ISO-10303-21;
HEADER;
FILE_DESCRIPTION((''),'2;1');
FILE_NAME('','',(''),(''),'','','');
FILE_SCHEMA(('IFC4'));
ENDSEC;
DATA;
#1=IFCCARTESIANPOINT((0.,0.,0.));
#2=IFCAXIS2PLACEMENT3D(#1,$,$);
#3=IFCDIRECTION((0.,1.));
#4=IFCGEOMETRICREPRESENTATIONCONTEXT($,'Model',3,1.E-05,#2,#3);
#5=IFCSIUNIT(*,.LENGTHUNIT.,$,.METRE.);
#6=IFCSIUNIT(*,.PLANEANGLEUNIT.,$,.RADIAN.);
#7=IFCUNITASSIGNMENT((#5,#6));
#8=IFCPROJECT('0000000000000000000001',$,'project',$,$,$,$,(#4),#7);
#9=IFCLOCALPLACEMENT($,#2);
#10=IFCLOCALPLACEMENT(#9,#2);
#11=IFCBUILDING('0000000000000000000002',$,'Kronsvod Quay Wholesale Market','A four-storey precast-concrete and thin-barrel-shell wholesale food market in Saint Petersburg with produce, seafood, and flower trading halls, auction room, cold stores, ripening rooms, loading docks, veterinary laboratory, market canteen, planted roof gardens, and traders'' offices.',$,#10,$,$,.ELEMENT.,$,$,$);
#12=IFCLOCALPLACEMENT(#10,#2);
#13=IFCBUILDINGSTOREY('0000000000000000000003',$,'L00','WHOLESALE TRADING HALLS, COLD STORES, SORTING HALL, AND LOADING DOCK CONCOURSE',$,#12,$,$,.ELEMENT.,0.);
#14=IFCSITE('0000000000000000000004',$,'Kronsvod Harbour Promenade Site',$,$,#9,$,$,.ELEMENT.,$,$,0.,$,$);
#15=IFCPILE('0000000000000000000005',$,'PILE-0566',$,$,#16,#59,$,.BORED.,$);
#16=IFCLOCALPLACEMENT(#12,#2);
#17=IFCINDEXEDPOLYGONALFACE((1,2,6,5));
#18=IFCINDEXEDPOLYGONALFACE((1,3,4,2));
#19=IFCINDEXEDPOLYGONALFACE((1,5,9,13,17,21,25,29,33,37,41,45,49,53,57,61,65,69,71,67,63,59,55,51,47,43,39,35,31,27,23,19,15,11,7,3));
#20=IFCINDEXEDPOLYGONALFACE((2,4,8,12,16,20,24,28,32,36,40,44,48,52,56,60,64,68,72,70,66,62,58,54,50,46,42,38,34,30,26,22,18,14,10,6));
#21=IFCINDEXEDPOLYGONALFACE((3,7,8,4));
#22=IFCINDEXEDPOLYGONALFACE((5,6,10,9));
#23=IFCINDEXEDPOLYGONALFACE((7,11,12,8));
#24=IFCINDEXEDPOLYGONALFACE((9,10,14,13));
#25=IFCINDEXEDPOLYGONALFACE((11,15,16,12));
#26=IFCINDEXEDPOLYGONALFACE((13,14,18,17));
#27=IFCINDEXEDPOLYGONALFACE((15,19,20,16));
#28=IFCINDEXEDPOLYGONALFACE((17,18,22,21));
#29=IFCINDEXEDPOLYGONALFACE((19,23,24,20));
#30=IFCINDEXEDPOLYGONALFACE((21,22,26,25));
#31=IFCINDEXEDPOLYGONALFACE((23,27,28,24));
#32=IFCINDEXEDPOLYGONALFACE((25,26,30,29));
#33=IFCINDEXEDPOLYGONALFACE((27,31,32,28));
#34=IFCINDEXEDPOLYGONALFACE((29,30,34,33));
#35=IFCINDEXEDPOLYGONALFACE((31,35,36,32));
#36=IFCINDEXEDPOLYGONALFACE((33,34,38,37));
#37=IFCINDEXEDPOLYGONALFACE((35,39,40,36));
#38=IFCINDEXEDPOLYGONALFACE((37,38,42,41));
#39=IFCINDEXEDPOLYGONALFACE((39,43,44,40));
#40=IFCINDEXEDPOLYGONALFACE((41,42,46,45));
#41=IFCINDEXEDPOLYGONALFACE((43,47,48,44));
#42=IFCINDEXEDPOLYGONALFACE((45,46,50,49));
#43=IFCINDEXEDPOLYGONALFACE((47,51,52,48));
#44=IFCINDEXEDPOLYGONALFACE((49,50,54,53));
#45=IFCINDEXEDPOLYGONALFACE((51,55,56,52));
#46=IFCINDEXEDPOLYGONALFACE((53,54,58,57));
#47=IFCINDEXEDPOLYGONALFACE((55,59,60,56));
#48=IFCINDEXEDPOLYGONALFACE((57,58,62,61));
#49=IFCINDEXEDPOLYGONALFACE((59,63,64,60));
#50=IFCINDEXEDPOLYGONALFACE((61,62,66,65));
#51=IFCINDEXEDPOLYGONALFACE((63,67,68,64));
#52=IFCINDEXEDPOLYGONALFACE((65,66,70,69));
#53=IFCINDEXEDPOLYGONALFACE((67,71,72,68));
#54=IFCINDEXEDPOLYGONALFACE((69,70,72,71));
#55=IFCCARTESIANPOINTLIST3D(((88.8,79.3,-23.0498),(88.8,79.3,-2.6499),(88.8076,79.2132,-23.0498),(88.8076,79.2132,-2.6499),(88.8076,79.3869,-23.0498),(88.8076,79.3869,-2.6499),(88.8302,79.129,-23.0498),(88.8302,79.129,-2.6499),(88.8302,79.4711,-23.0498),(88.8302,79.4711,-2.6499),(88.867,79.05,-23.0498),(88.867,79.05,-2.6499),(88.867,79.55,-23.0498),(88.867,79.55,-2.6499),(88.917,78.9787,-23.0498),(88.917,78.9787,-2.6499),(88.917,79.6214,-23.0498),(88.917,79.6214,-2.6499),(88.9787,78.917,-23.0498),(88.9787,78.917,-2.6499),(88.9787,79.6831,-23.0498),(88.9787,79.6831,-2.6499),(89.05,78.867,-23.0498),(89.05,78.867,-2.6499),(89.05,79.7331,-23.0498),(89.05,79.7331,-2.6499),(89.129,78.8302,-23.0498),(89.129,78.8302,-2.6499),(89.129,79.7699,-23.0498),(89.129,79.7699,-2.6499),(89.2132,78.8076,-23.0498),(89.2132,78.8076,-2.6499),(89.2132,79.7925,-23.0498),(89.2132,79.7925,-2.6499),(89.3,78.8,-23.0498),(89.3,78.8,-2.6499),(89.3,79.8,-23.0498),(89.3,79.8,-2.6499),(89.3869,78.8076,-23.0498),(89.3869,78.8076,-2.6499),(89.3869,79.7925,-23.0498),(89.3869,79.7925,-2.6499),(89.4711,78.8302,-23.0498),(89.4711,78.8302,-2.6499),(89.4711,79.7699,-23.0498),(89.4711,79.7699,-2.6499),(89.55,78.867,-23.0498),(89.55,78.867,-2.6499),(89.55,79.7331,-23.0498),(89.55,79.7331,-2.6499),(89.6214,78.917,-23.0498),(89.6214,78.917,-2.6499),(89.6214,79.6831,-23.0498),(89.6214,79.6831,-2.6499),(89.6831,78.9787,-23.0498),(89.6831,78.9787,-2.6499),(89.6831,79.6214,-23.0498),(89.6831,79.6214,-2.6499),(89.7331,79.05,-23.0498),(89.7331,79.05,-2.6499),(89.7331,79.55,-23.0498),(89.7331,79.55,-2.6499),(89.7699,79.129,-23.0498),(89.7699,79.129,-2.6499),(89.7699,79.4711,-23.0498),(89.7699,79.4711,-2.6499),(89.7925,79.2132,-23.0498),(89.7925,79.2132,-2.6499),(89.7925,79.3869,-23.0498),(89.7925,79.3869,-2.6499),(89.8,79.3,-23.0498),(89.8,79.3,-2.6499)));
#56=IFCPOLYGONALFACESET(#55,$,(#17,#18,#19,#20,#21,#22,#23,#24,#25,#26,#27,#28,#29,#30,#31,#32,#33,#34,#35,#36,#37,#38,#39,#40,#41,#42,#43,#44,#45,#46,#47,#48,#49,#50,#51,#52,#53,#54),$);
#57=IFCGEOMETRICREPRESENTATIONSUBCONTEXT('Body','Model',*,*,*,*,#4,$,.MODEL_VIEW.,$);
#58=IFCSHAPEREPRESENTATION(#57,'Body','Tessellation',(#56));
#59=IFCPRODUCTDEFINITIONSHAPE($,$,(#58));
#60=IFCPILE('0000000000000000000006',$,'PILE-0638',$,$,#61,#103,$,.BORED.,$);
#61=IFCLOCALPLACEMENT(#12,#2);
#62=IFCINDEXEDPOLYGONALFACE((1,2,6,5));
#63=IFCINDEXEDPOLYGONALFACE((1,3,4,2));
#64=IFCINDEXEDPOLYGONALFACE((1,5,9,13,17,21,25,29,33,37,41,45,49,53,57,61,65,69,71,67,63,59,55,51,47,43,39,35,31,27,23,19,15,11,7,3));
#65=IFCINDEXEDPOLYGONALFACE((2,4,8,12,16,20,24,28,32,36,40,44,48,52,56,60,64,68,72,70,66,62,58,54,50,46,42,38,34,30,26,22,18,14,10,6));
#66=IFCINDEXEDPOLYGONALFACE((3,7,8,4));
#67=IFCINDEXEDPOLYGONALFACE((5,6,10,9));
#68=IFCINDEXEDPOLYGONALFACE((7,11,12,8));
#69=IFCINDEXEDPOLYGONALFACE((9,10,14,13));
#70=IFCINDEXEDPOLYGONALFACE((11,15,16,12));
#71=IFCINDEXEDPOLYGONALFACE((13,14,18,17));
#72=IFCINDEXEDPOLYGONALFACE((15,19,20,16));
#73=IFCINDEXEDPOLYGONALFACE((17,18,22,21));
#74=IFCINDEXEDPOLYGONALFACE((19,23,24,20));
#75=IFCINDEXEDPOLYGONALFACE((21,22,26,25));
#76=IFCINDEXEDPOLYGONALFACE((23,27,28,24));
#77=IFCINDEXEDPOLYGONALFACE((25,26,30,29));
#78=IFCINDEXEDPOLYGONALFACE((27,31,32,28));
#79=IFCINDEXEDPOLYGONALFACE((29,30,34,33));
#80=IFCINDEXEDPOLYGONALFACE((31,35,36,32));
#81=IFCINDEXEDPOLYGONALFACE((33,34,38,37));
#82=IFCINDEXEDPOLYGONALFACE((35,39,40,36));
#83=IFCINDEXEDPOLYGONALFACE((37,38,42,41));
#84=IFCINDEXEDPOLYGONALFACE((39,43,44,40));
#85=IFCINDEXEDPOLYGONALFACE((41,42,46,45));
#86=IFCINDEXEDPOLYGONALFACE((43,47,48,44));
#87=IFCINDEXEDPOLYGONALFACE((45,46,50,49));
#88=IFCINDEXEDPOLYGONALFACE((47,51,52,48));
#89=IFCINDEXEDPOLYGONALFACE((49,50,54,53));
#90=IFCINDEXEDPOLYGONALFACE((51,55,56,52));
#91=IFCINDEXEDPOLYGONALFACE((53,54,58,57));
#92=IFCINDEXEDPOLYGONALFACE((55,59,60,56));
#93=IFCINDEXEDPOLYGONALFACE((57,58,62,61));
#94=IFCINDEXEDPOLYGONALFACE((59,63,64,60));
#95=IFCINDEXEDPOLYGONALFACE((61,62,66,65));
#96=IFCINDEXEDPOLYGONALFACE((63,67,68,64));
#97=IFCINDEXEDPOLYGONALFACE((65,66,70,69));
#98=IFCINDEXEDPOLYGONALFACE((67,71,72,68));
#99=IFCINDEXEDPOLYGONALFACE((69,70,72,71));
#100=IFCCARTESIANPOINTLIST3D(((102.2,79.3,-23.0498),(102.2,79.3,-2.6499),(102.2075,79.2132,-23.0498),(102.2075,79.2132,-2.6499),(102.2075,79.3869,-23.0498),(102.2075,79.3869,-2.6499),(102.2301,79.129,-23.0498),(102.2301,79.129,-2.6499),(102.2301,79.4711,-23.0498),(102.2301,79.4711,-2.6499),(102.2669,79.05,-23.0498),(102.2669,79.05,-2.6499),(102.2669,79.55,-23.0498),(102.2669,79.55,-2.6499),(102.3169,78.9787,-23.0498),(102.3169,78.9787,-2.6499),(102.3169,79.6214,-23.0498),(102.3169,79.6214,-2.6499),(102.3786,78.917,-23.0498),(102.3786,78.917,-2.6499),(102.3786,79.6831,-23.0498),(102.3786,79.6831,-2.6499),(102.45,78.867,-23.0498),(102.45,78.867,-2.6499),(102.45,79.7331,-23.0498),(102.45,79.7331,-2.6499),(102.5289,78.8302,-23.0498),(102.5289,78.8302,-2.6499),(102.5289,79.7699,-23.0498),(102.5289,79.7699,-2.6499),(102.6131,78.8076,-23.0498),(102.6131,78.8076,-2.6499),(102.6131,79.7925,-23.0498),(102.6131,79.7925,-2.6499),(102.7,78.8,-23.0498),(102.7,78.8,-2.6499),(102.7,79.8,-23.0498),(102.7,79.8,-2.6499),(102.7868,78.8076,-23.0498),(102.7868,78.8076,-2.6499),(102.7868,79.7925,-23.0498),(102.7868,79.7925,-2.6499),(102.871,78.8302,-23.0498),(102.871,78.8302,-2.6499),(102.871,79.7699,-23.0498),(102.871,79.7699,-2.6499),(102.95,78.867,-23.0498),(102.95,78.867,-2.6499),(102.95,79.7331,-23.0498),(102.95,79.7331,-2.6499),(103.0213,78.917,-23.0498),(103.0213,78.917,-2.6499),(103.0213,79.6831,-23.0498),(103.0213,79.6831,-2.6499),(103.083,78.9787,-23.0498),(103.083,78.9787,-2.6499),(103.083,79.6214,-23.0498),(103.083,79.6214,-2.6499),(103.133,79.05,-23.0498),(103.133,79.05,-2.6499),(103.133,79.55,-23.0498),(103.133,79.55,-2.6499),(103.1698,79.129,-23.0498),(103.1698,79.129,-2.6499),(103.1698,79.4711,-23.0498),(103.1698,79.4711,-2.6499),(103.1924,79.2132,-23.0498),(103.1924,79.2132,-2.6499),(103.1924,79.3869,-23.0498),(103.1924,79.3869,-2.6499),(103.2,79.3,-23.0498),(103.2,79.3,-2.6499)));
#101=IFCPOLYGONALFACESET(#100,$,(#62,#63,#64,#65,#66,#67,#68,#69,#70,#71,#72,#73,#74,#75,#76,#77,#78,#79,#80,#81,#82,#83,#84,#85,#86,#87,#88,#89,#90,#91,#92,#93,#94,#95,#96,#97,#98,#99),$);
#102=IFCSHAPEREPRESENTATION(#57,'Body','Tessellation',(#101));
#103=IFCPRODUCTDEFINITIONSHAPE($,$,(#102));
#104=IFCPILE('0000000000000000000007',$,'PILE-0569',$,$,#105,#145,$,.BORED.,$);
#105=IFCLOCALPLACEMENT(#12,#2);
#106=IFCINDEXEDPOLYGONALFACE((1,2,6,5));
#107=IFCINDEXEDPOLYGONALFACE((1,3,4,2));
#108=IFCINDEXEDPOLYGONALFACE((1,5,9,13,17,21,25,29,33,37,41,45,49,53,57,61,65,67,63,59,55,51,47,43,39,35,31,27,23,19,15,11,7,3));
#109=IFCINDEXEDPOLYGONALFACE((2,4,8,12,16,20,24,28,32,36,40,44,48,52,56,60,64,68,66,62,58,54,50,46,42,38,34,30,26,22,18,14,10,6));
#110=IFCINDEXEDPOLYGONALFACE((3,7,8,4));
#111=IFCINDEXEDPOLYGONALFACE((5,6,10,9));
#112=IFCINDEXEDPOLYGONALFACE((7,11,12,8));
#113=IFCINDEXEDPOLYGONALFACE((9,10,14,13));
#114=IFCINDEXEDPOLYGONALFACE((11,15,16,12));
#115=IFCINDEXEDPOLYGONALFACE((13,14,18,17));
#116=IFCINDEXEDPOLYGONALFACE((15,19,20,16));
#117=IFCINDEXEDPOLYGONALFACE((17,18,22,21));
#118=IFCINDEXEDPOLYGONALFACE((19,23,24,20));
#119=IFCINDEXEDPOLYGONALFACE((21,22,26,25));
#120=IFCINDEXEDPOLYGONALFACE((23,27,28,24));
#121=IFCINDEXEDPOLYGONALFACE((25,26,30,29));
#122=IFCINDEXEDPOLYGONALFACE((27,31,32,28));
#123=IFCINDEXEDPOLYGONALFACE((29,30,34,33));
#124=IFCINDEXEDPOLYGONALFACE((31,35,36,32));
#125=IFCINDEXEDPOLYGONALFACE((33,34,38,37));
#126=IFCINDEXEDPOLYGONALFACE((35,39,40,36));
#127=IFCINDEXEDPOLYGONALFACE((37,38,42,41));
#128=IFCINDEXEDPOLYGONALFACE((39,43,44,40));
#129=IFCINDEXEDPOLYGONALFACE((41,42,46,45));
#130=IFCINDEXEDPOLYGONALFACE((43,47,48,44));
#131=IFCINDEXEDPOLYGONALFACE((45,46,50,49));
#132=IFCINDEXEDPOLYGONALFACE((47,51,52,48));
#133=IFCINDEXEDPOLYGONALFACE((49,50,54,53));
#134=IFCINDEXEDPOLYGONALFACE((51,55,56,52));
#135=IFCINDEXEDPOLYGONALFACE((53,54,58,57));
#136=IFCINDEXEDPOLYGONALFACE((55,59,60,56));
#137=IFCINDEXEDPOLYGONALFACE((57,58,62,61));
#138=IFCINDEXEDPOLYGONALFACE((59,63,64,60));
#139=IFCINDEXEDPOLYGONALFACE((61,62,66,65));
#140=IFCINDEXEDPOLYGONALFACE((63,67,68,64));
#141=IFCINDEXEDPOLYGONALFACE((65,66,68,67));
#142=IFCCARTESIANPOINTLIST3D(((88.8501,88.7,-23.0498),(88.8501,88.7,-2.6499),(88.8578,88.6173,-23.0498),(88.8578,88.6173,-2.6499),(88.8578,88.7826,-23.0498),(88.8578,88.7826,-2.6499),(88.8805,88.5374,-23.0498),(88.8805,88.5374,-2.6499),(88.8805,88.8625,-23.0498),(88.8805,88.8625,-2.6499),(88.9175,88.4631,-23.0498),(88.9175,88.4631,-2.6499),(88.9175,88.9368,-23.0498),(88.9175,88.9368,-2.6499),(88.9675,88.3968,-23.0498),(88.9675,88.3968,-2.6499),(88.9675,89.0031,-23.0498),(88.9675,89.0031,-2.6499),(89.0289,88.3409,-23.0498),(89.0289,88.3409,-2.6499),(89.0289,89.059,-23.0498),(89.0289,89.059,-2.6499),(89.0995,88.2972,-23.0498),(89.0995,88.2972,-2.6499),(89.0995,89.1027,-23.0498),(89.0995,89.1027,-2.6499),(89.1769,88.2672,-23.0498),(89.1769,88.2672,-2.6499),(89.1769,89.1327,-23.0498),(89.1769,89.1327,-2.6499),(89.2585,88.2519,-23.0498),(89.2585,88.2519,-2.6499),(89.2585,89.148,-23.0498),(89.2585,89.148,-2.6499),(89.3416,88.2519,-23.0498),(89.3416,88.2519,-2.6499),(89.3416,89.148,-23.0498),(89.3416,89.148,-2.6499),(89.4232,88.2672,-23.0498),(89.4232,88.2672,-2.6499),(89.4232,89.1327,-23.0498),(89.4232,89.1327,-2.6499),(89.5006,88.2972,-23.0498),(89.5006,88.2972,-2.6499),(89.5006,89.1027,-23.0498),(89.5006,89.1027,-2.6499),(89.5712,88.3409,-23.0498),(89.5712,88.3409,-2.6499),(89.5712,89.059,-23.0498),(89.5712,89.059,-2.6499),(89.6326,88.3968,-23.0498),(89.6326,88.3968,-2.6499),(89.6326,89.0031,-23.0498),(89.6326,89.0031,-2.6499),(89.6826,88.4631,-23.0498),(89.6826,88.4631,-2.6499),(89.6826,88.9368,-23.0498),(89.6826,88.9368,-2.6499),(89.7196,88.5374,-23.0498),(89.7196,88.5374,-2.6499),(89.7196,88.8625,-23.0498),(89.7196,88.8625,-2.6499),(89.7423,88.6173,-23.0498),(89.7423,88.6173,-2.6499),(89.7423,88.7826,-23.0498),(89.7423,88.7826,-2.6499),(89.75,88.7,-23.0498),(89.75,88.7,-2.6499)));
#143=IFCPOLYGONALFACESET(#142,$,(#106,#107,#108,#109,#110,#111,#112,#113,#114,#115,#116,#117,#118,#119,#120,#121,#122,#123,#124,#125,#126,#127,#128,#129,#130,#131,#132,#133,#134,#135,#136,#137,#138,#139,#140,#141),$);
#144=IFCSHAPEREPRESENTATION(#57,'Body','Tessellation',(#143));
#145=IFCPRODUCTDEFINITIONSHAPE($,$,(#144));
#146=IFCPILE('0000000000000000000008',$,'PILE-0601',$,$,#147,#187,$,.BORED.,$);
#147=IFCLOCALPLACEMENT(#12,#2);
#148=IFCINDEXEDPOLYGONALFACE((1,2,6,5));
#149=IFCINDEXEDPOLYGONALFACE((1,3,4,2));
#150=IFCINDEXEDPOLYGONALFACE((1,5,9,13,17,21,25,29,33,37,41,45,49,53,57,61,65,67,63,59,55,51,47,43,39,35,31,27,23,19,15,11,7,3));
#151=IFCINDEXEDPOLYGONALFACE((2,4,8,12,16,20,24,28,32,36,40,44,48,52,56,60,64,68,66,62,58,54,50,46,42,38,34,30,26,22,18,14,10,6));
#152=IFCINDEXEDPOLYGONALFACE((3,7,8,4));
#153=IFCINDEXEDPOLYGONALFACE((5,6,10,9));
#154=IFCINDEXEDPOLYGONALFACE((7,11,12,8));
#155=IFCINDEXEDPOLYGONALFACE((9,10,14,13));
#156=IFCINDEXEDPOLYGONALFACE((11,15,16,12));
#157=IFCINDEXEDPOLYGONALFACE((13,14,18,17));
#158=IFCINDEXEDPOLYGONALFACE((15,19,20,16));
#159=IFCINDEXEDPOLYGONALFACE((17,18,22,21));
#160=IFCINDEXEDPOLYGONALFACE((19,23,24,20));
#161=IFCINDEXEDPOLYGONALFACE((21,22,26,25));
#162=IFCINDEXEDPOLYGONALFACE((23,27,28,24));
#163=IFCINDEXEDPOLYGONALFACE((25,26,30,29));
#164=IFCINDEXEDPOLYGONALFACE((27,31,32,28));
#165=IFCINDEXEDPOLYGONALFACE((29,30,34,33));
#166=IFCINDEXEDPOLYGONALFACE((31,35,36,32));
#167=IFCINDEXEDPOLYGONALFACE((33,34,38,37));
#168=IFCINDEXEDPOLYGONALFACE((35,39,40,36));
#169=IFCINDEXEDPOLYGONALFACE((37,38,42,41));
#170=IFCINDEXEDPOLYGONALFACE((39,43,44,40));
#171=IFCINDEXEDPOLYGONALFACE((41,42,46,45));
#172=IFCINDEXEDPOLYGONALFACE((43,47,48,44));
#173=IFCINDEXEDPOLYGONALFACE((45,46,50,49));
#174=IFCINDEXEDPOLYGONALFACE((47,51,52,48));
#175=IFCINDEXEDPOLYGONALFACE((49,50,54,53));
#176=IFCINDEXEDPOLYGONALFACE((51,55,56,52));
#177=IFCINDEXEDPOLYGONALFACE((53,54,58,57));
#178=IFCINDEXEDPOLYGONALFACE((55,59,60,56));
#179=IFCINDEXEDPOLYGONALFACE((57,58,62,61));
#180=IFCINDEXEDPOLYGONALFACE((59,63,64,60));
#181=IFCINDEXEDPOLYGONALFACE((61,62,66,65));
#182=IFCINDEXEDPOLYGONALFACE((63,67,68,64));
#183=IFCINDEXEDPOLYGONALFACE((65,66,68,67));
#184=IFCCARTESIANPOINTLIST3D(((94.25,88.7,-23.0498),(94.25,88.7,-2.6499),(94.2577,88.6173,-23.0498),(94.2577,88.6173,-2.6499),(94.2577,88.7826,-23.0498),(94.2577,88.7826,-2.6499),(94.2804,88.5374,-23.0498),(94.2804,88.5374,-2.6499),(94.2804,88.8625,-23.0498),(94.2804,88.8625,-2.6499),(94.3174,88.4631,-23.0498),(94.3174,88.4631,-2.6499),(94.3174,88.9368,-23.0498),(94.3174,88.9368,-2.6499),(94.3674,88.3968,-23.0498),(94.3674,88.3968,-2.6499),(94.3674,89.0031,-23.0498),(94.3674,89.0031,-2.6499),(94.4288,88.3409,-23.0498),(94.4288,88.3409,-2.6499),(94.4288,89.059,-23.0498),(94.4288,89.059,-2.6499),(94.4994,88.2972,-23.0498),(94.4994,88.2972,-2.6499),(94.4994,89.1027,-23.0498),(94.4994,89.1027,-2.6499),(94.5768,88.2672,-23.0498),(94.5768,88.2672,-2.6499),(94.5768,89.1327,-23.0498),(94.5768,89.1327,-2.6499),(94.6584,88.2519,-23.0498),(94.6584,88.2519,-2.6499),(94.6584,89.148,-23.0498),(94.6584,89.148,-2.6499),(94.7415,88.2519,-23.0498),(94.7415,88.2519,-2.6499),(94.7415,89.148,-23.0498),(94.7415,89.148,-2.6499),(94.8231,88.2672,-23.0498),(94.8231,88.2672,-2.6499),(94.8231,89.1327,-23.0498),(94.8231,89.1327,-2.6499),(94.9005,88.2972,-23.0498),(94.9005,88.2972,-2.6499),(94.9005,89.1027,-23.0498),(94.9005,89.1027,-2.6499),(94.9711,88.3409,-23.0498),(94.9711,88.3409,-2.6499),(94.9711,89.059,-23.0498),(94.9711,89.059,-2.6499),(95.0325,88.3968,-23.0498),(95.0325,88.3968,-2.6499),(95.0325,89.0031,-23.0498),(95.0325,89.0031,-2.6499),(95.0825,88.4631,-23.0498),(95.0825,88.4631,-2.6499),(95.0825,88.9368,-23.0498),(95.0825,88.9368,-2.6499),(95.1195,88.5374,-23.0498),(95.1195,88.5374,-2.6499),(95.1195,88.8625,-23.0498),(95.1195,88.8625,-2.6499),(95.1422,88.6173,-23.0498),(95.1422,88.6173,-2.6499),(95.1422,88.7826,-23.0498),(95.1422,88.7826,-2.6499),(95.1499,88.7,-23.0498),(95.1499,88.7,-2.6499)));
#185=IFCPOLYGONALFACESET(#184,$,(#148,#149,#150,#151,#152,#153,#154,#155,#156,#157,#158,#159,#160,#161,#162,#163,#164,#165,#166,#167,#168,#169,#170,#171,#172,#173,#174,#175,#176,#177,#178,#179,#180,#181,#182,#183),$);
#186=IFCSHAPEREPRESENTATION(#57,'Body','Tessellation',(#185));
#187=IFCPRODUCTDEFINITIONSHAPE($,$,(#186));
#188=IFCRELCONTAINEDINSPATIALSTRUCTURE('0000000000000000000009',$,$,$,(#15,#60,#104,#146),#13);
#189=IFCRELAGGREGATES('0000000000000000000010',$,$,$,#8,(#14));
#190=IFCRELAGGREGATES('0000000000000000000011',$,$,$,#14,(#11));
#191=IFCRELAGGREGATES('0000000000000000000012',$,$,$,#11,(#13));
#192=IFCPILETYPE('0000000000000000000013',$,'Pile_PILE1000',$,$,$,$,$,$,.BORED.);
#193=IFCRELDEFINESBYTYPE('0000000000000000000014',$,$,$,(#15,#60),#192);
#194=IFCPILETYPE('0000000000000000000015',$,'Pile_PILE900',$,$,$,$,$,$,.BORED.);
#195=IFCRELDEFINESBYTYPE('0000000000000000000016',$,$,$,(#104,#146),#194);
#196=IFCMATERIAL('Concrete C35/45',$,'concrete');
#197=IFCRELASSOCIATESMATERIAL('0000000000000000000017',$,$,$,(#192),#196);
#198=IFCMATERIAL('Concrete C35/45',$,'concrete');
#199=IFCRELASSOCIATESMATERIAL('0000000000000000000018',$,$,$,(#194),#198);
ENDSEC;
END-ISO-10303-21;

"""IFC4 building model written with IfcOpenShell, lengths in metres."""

from ifc_helpers import new_model, si_unit, direction, frame, origin, origin_2d, place, context, subcontext, project, spatial, circle, extrude, material, material_profile, profile_set, type_object, element, save


model = new_model("IFC4")

# Units and contexts
model_context = context("Model", 3, precision=1e-05, world=origin(), true_north=direction((0.0, 1.0)))
body_context = subcontext(model_context, "Body", "Model", "MODEL_VIEW")
ifc_project = project(units=[si_unit("LENGTHUNIT", "METRE"), si_unit("PLANEANGLEUNIT", "RADIAN")], contexts=[model_context])

# Site, building, storey
site_placement = place(None, origin())
site = spatial("IfcSite", under=ifc_project, at=site_placement, Name="Kronsvod Harbour Promenade Site", CompositionType="ELEMENT", RefElevation=0.0)
building_placement = place(site_placement, origin())
building = spatial("IfcBuilding", under=site, at=building_placement, Name="Kronsvod Quay Wholesale Market", Description="A four-storey precast-concrete and thin-barrel-shell wholesale food market in Saint Petersburg with produce, seafood, and flower trading halls, auction room, cold stores, ripening rooms, loading docks, veterinary laboratory, market canteen, planted roof gardens, and traders' offices.", CompositionType="ELEMENT")
storey_placement = place(building_placement, origin())
storey = spatial("IfcBuildingStorey", under=building, at=storey_placement, Name="L00", Description="WHOLESALE TRADING HALLS, COLD STORES, SORTING HALL, AND LOADING DOCK CONCOURSE", CompositionType="ELEMENT", Elevation=0.0)

# Piles
ifc_material_1 = material(Name="Concrete C35/45", Category="concrete")
ifc_material_profile_1 = material_profile(ifc_material_1, circle(Radius=0.5, at=origin_2d()), Name="PILE1000")
ifc_profile_set_1 = profile_set([ifc_material_profile_1], Name="Concrete C35/45")
pile_type_1 = type_object("IfcPileType", Name="Pile_PILE1000", PredefinedType="BORED", material=ifc_profile_set_1)
for number, where, z_axis, x_axis, name in (
    (1, (89.3, 79.3, -2.6499), (0.0, 0.0, -1.0), (1.0, 0.0, 0.0), "PILE-0566"),
    (2, (102.7, 79.3, -2.6499), (0.0, 0.0, -1.0), (1.0, 0.0, 0.0), "PILE-0638"),
):
    element("IfcPile", number, at=place(storey_placement, frame(where, z_axis=z_axis, x_axis=x_axis)), inside=storey, type_object=pile_type_1, Name=name, PredefinedType="BORED", context=body_context, shape_type="SweptSolid", body=[
        extrude(circle(Radius=0.5, at=origin_2d()), origin(), (0.0, 0.0, 1.0), 20.3999),
    ])
ifc_material_2 = material(Name="Concrete C35/45", Category="concrete")
ifc_material_profile_2 = material_profile(ifc_material_2, circle(Radius=0.45, at=origin_2d()), Name="PILE900")
ifc_profile_set_2 = profile_set([ifc_material_profile_2], Name="Concrete C35/45")
pile_type_2 = type_object("IfcPileType", Name="Pile_PILE900", PredefinedType="BORED", material=ifc_profile_set_2)
for number, where, z_axis, x_axis, name in (
    (3, (89.3, 88.7, -2.6499), (0.0, 0.0, -1.0), (1.0, 0.0, 0.0), "PILE-0569"),
    (4, (94.7, 88.7, -2.6499), (0.0, 0.0, -1.0), (1.0, 0.0, 0.0), "PILE-0601"),
):
    element("IfcPile", number, at=place(storey_placement, frame(where, z_axis=z_axis, x_axis=x_axis)), inside=storey, type_object=pile_type_2, Name=name, PredefinedType="BORED", context=body_context, shape_type="SweptSolid", body=[
        extrude(circle(Radius=0.45, at=origin_2d()), origin(), (0.0, 0.0, 1.0), 20.3999),
    ])

save(model, "model.ifc")
